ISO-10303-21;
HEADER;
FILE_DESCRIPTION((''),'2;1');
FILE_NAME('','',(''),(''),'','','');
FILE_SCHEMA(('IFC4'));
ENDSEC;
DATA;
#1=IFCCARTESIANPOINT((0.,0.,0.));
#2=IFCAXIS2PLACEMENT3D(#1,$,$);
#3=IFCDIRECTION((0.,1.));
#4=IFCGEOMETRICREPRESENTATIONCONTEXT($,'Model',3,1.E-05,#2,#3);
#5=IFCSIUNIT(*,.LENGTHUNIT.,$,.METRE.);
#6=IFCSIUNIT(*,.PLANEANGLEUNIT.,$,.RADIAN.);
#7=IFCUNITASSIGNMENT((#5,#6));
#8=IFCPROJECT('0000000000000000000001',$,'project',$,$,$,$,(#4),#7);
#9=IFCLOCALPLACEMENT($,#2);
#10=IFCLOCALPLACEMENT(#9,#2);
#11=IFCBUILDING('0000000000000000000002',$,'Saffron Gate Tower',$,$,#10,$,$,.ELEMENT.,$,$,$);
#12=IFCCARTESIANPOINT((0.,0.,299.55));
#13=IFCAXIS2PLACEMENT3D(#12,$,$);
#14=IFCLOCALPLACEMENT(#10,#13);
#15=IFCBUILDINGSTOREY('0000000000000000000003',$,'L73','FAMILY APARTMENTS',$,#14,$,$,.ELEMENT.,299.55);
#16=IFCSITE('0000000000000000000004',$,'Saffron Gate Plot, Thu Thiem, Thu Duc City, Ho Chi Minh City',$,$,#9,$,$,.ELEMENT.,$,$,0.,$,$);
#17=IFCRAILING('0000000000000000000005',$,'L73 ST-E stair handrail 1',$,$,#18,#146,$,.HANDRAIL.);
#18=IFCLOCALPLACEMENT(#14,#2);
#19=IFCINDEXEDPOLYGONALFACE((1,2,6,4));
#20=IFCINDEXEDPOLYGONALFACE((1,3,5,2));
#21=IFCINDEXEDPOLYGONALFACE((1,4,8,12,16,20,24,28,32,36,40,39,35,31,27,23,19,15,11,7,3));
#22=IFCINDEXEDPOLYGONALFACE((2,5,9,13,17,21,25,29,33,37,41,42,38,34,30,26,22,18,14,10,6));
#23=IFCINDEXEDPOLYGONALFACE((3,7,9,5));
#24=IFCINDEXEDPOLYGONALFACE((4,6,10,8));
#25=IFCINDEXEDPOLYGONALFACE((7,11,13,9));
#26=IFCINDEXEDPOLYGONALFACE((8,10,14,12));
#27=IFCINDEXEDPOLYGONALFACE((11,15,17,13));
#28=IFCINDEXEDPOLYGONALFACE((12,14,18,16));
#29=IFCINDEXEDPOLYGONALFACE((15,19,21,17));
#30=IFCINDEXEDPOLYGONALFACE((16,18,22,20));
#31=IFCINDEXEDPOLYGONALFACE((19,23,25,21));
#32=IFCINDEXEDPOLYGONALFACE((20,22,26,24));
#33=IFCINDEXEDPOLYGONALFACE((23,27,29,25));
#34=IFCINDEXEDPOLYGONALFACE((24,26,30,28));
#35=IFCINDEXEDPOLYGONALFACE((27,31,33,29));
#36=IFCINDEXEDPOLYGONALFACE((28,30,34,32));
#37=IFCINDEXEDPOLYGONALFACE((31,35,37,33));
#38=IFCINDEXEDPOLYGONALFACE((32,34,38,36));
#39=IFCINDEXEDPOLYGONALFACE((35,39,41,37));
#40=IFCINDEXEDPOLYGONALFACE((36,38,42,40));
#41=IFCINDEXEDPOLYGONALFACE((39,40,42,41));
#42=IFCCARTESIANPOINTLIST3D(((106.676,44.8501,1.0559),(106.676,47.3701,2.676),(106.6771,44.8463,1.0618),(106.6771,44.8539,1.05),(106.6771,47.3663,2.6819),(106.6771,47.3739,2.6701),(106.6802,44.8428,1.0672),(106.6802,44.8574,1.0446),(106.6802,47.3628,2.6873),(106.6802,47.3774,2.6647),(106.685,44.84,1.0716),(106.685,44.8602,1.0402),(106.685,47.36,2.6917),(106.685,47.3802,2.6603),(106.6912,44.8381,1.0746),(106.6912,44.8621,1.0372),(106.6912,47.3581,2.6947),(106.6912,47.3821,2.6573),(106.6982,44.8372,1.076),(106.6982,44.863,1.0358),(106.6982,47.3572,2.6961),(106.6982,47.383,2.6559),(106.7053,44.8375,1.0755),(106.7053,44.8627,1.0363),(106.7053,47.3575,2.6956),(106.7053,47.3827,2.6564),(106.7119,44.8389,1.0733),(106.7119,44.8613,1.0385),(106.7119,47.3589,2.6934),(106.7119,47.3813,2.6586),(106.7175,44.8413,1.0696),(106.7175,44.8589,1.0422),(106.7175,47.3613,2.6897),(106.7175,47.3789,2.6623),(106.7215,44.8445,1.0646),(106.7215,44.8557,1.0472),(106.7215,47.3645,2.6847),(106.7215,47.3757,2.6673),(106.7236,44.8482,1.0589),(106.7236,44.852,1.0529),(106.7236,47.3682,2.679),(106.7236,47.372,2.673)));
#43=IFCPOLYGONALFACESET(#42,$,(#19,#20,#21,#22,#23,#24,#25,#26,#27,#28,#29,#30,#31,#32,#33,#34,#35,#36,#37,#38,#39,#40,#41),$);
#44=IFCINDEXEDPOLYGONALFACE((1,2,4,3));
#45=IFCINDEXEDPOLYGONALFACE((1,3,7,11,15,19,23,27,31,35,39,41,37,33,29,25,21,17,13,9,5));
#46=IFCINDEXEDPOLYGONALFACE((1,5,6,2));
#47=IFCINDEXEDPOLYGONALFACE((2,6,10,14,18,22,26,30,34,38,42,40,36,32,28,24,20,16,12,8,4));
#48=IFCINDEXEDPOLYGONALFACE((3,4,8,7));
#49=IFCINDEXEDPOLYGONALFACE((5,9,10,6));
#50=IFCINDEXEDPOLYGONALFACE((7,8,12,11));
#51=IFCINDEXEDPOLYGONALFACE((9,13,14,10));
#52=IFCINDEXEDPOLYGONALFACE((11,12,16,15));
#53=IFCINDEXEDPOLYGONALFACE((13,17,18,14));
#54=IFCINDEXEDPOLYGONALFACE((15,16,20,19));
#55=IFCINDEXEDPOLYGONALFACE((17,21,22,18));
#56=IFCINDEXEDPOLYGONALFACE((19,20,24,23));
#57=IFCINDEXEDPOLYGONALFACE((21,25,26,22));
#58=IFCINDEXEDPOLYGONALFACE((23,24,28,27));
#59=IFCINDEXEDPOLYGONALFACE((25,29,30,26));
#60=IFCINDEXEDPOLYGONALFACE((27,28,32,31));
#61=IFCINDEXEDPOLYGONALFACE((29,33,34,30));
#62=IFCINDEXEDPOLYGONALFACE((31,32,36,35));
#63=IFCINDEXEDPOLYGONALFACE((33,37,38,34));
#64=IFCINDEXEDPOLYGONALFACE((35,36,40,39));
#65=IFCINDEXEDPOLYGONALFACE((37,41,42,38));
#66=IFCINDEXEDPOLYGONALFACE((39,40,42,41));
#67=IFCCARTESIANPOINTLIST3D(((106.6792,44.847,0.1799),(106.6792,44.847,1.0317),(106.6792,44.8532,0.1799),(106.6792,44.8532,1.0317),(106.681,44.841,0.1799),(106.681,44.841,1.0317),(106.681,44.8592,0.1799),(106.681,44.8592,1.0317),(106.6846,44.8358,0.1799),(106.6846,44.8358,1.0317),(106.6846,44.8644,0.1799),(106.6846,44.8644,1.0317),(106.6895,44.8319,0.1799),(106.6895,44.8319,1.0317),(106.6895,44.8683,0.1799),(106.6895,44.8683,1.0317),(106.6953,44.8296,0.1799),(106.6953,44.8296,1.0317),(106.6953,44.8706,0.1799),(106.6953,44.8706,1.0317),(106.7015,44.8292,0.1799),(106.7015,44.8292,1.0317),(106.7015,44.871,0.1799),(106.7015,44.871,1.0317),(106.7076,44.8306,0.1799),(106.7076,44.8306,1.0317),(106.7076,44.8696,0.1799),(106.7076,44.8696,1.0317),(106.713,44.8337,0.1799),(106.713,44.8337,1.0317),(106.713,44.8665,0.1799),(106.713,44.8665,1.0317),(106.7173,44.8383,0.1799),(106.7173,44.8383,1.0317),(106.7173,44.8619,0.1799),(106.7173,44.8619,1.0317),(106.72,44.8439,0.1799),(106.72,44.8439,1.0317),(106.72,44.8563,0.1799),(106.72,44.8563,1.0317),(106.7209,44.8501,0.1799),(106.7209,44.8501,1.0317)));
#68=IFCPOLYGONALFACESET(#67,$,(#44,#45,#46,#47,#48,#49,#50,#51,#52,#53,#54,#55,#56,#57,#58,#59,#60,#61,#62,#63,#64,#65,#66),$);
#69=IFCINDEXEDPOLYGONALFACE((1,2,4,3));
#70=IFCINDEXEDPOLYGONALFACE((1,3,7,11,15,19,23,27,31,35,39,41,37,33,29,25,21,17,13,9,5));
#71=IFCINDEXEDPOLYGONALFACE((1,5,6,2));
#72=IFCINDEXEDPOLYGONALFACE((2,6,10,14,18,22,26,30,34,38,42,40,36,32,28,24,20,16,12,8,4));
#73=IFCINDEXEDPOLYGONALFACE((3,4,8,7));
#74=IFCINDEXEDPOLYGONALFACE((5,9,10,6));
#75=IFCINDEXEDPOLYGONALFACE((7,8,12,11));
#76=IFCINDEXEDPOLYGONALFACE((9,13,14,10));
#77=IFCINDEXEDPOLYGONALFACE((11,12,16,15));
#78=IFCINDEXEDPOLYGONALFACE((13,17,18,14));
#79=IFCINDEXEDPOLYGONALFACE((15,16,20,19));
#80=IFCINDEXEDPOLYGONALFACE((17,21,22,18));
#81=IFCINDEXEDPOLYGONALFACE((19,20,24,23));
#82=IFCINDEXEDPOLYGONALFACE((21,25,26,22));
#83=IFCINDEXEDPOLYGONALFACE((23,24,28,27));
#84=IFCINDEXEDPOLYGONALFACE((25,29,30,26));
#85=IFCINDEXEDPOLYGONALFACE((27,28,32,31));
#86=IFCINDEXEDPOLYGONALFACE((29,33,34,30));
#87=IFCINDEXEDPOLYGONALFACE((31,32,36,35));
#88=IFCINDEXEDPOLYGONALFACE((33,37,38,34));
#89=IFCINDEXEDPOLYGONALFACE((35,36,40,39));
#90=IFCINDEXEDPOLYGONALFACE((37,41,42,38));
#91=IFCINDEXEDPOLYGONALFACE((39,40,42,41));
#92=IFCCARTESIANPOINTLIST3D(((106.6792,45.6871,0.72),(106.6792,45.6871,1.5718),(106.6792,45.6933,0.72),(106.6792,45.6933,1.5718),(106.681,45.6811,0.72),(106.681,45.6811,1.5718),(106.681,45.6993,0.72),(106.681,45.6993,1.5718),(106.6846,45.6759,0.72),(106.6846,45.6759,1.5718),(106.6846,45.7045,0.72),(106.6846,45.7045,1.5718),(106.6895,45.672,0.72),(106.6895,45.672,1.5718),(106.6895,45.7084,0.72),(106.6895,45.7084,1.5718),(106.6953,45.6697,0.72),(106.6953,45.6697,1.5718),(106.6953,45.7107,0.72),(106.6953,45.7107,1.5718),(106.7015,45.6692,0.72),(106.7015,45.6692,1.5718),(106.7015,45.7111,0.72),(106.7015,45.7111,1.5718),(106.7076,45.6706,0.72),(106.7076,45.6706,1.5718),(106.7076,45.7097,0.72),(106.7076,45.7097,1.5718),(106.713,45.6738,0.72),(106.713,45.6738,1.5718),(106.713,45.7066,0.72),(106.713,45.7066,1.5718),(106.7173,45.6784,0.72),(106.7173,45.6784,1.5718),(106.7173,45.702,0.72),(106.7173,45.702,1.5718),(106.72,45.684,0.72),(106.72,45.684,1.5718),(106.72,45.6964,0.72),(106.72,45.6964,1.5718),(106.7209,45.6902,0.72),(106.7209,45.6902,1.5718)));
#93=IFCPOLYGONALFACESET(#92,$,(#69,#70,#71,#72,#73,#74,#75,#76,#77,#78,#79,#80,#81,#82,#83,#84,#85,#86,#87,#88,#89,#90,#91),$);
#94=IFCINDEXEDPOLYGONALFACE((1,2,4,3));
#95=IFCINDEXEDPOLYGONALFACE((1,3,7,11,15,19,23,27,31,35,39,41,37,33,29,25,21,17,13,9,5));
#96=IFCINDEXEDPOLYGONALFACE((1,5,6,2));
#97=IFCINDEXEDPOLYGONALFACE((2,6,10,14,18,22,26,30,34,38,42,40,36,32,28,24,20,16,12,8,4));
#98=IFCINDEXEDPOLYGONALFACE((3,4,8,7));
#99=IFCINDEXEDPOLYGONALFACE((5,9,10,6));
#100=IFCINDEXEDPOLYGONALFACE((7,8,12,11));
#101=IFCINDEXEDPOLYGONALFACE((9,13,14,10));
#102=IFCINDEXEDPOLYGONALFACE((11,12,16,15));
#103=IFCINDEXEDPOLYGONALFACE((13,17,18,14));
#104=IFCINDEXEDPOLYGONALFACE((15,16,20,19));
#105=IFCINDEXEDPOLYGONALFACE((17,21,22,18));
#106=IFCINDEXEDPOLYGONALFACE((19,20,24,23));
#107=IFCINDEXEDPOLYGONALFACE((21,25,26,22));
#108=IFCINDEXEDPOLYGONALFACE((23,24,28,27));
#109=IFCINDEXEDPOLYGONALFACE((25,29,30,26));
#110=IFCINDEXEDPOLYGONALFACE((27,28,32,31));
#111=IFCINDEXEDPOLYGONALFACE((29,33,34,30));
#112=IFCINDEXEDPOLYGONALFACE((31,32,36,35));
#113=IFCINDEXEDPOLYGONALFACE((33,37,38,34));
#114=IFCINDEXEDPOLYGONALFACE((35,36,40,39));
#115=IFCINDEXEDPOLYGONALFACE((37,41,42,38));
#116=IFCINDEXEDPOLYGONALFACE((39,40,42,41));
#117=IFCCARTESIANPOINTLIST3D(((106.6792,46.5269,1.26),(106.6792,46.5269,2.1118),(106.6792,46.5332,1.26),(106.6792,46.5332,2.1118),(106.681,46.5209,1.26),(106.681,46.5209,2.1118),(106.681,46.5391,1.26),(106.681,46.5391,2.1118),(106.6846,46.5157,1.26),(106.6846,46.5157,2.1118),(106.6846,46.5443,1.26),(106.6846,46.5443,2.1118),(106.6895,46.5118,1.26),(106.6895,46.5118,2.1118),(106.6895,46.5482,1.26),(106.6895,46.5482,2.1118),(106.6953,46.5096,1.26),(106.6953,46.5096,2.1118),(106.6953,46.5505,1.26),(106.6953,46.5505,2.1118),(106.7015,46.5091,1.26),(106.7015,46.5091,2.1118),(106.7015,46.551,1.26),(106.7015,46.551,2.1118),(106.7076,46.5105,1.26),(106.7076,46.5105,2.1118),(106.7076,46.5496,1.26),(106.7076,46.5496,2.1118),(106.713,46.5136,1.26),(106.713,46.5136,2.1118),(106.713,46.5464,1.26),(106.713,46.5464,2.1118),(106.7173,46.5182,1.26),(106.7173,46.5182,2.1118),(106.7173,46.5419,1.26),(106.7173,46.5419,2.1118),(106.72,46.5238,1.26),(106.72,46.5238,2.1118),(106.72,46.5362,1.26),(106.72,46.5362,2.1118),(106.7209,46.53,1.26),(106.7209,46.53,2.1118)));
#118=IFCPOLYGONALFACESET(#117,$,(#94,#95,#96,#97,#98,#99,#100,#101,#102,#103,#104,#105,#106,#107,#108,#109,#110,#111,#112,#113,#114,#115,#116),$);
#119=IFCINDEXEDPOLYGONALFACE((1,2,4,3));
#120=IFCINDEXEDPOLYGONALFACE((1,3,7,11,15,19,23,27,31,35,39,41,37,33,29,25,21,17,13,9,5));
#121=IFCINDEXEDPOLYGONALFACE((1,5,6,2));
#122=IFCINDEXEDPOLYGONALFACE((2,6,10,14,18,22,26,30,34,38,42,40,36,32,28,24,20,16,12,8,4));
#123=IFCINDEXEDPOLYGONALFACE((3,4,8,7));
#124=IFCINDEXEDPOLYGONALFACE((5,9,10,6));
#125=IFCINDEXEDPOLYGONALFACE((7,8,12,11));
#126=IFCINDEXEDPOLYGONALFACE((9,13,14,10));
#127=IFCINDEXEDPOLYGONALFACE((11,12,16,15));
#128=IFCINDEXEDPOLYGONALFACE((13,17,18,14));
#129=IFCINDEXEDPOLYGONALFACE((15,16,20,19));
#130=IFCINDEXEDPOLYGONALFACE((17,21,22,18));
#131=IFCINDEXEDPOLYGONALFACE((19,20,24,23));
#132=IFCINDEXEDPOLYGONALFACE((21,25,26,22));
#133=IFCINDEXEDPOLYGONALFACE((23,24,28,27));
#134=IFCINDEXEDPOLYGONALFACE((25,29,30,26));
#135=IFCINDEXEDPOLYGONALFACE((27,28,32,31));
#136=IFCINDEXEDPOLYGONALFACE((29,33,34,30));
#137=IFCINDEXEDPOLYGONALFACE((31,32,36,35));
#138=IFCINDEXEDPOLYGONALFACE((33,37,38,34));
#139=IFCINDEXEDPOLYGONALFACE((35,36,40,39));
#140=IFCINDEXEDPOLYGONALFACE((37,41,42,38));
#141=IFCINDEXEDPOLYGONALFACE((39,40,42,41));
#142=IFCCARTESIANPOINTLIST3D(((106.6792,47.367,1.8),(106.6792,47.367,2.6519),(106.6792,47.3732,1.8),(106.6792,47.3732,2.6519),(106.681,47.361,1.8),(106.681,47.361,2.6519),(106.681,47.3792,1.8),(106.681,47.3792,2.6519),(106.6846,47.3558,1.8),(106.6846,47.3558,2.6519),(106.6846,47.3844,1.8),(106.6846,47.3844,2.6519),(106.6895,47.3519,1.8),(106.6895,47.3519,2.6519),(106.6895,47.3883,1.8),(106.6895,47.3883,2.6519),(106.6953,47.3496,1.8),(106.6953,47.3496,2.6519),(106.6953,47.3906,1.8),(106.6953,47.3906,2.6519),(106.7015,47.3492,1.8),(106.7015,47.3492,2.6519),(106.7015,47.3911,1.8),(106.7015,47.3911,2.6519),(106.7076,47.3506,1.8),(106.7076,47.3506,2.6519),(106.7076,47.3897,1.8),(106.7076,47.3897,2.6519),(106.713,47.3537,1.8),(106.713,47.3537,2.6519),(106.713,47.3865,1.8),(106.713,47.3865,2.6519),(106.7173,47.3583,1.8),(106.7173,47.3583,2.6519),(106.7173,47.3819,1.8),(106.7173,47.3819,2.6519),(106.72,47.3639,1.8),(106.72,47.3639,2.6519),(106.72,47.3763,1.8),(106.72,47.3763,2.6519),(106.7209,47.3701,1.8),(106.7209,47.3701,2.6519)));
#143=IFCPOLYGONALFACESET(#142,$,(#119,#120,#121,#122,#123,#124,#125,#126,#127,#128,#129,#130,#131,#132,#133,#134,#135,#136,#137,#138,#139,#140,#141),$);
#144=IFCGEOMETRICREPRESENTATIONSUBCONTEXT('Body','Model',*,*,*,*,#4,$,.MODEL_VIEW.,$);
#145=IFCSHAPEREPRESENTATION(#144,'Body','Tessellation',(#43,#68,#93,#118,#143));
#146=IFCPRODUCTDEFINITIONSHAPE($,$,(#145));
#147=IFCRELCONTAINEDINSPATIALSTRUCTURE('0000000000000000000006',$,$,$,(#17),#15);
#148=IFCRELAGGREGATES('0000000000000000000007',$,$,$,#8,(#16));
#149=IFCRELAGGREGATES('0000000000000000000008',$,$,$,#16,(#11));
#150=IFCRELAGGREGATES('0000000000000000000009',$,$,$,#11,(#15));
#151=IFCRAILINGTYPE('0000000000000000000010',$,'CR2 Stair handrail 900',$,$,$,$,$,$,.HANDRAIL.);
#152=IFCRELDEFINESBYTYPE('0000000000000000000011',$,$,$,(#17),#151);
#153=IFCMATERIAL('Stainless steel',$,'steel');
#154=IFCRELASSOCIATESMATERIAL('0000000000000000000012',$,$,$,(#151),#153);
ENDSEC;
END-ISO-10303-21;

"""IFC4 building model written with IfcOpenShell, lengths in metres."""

from ifc_helpers import new_model, si_unit, direction, frame, origin, origin_2d, place, context, subcontext, project, spatial, circle, extrude, material, type_object, element, save


model = new_model("IFC4")

# Units and contexts
model_context = context("Model", 3, precision=1e-05, world=origin(), true_north=direction((0.0, 1.0)))
body_context = subcontext(model_context, "Body", "Model", "MODEL_VIEW")
ifc_project = project(units=[si_unit("LENGTHUNIT", "METRE"), si_unit("PLANEANGLEUNIT", "RADIAN")], contexts=[model_context])

# Site, building, storey
site_placement = place(None, origin())
site = spatial("IfcSite", under=ifc_project, at=site_placement, Name="Saffron Gate Plot, Thu Thiem, Thu Duc City, Ho Chi Minh City", CompositionType="ELEMENT", RefElevation=0.0)
building_placement = place(site_placement, origin())
building = spatial("IfcBuilding", under=site, at=building_placement, Name="Saffron Gate Tower", CompositionType="ELEMENT")
storey_placement = place(building_placement, frame((0.0, 0.0, 299.55)))
storey = spatial("IfcBuildingStorey", under=building, at=storey_placement, Name="L73", Description="FAMILY APARTMENTS", CompositionType="ELEMENT", Elevation=299.55)

# Railing
ifc_material_1 = material(Name="Stainless steel", Category="steel")
railing_type_1 = type_object("IfcRailingType", Name="CR2 Stair handrail 900", PredefinedType="HANDRAIL", material=ifc_material_1)
railing_1_placement = place(storey_placement, frame((106.7, 44.8501, 0.1799)))
element("IfcRailing", 1, at=railing_1_placement, inside=storey, type_object=railing_type_1, Name="L73 ST-E stair handrail 1", PredefinedType="HANDRAIL", context=body_context, shape_type="SweptSolid", body=[
    extrude(circle(Radius=0.0239, at=origin_2d()), frame((0.0, 0.0, 0.876), z_axis=(0.0, 0.841163, 0.540782), x_axis=(-1.0, 0.0, 0.0)), (0.0, 0.0, 1.0), 2.9958),
    extrude(circle(Radius=0.021, at=origin_2d()), origin(), (0.0, 0.0, 1.0), 0.8518),
    extrude(circle(Radius=0.021, at=origin_2d()), frame((0.0, 0.8401, 0.54)), (0.0, 0.0, 1.0), 0.8518),
    extrude(circle(Radius=0.021, at=origin_2d()), frame((0.0, 1.6799, 1.0801)), (0.0, 0.0, 1.0), 0.8518),
    extrude(circle(Radius=0.021, at=origin_2d()), frame((0.0, 2.52, 1.6201)), (0.0, 0.0, 1.0), 0.8518),
])

save(model, "model.ifc")
